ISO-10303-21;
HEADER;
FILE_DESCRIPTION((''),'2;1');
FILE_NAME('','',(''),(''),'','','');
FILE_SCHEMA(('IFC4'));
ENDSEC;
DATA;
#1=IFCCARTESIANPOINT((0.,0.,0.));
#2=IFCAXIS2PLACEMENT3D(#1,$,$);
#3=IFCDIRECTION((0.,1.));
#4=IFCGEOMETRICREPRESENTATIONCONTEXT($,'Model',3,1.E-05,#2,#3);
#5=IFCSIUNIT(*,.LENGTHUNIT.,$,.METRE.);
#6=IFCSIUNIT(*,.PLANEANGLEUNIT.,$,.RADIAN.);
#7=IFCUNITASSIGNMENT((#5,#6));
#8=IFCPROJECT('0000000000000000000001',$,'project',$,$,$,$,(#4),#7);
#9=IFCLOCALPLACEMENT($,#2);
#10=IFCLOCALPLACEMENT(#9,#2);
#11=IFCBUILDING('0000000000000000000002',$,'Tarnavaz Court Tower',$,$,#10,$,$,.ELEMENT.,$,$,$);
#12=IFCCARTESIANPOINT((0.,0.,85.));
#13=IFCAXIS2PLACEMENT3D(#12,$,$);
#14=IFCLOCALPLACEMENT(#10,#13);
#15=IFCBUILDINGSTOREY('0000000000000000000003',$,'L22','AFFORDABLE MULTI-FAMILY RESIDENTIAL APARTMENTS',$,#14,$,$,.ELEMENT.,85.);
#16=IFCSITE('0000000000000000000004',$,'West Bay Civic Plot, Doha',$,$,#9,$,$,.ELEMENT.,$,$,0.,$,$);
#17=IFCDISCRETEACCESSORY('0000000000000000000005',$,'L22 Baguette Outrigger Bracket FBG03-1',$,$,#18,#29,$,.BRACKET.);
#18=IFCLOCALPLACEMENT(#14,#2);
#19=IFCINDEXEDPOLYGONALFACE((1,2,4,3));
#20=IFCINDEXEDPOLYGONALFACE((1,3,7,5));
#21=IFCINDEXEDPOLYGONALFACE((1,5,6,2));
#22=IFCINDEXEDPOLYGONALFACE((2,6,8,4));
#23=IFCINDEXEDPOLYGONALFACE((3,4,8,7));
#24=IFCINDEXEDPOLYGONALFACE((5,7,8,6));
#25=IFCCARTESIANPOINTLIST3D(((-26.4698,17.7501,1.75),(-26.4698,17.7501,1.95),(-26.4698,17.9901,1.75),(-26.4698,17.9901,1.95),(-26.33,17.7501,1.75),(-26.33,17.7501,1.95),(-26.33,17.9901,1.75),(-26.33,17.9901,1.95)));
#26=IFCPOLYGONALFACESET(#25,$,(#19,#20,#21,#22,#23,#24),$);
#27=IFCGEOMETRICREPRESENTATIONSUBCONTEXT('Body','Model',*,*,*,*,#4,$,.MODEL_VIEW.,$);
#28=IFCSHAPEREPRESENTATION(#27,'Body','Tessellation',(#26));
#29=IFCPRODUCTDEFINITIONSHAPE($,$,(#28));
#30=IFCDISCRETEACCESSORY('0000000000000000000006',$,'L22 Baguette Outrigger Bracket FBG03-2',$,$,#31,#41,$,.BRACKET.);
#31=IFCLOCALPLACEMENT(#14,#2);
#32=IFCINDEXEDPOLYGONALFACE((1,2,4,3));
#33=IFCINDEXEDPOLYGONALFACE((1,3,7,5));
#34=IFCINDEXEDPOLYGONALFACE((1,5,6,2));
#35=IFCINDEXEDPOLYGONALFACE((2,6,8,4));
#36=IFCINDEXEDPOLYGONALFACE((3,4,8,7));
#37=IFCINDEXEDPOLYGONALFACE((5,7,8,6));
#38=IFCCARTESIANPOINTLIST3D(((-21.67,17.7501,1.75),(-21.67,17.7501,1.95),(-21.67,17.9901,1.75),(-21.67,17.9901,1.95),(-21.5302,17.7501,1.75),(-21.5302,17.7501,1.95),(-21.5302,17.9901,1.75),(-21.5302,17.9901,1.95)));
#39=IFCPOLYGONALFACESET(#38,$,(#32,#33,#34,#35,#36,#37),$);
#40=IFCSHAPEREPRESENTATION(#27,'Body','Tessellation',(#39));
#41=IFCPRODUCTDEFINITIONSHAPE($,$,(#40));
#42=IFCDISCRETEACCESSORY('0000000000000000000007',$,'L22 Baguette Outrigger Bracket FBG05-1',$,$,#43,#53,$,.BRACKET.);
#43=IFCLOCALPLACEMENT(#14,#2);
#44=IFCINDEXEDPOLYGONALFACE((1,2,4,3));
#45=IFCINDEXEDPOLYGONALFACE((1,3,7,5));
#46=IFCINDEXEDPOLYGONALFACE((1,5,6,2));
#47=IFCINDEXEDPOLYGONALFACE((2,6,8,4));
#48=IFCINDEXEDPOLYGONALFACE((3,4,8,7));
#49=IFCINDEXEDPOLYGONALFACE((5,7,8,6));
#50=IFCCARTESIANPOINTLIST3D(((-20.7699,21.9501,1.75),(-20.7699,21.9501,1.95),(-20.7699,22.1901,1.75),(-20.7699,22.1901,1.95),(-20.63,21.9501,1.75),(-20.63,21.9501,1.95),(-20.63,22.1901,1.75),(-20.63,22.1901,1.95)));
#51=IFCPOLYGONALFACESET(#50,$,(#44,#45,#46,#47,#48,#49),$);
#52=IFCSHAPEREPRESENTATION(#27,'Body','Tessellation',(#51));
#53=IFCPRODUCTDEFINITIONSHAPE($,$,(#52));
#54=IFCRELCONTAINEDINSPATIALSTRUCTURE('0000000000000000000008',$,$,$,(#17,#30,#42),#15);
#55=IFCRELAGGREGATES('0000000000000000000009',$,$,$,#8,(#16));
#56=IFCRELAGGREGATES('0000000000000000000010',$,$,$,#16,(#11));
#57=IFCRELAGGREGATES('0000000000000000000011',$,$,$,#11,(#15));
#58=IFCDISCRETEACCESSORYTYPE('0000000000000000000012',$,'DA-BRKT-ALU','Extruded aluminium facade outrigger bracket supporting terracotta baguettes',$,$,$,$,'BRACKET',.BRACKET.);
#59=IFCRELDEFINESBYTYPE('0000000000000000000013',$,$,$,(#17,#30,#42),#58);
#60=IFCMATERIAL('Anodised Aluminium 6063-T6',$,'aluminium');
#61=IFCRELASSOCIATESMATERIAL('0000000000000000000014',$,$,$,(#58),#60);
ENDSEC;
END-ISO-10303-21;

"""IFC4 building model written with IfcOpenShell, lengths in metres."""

from ifc_helpers import new_model, si_unit, direction, frame, origin, origin_2d, place, context, subcontext, project, spatial, rectangle, extrude, material, type_object, element, save


model = new_model("IFC4")

# Units and contexts
model_context = context("Model", 3, precision=1e-05, world=origin(), true_north=direction((0.0, 1.0)))
body_context = subcontext(model_context, "Body", "Model", "MODEL_VIEW")
ifc_project = project(units=[si_unit("LENGTHUNIT", "METRE"), si_unit("PLANEANGLEUNIT", "RADIAN")], contexts=[model_context])

# Site, building, storey
site_placement = place(None, origin())
site = spatial("IfcSite", under=ifc_project, at=site_placement, Name="West Bay Civic Plot, Doha", CompositionType="ELEMENT", RefElevation=0.0)
building_placement = place(site_placement, origin())
building = spatial("IfcBuilding", under=site, at=building_placement, Name="Tarnavaz Court Tower", CompositionType="ELEMENT")
storey_placement = place(building_placement, frame((0.0, 0.0, 85.0)))
storey = spatial("IfcBuildingStorey", under=building, at=storey_placement, Name="L22", Description="AFFORDABLE MULTI-FAMILY RESIDENTIAL APARTMENTS", CompositionType="ELEMENT", Elevation=85.0)

# Discrete accessories
ifc_material_1 = material(Name="Anodised Aluminium 6063-T6", Category="aluminium")
discrete_accessory_type = type_object("IfcDiscreteAccessoryType", Name="DA-BRKT-ALU", Description="Extruded aluminium facade outrigger bracket supporting terracotta baguettes", ElementType="BRACKET", PredefinedType="BRACKET", material=ifc_material_1)
for number, where, z_axis, x_axis, name in (
    (1, (-26.3999, 17.8701, 1.75), (0.0, 0.0, 1.0), (1.0, 0.0, 0.0), "L22 Baguette Outrigger Bracket FBG03-1"),
    (2, (-21.6001, 17.8701, 1.75), (0.0, 0.0, 1.0), (1.0, 0.0, 0.0), "L22 Baguette Outrigger Bracket FBG03-2"),
    (3, (-20.7, 22.0701, 1.75), (0.0, 0.0, 1.0), (1.0, 0.0, 0.0), "L22 Baguette Outrigger Bracket FBG05-1"),
):
    element("IfcDiscreteAccessory", number, at=place(storey_placement, frame(where, z_axis=z_axis, x_axis=x_axis)), inside=storey, type_object=discrete_accessory_type, Name=name, PredefinedType="BRACKET", context=body_context, shape_type="SweptSolid", body=[
        extrude(rectangle(XDim=0.1399, YDim=0.24, at=origin_2d()), origin(), (0.0, 0.0, 1.0), 0.2),
    ])

save(model, "model.ifc")
